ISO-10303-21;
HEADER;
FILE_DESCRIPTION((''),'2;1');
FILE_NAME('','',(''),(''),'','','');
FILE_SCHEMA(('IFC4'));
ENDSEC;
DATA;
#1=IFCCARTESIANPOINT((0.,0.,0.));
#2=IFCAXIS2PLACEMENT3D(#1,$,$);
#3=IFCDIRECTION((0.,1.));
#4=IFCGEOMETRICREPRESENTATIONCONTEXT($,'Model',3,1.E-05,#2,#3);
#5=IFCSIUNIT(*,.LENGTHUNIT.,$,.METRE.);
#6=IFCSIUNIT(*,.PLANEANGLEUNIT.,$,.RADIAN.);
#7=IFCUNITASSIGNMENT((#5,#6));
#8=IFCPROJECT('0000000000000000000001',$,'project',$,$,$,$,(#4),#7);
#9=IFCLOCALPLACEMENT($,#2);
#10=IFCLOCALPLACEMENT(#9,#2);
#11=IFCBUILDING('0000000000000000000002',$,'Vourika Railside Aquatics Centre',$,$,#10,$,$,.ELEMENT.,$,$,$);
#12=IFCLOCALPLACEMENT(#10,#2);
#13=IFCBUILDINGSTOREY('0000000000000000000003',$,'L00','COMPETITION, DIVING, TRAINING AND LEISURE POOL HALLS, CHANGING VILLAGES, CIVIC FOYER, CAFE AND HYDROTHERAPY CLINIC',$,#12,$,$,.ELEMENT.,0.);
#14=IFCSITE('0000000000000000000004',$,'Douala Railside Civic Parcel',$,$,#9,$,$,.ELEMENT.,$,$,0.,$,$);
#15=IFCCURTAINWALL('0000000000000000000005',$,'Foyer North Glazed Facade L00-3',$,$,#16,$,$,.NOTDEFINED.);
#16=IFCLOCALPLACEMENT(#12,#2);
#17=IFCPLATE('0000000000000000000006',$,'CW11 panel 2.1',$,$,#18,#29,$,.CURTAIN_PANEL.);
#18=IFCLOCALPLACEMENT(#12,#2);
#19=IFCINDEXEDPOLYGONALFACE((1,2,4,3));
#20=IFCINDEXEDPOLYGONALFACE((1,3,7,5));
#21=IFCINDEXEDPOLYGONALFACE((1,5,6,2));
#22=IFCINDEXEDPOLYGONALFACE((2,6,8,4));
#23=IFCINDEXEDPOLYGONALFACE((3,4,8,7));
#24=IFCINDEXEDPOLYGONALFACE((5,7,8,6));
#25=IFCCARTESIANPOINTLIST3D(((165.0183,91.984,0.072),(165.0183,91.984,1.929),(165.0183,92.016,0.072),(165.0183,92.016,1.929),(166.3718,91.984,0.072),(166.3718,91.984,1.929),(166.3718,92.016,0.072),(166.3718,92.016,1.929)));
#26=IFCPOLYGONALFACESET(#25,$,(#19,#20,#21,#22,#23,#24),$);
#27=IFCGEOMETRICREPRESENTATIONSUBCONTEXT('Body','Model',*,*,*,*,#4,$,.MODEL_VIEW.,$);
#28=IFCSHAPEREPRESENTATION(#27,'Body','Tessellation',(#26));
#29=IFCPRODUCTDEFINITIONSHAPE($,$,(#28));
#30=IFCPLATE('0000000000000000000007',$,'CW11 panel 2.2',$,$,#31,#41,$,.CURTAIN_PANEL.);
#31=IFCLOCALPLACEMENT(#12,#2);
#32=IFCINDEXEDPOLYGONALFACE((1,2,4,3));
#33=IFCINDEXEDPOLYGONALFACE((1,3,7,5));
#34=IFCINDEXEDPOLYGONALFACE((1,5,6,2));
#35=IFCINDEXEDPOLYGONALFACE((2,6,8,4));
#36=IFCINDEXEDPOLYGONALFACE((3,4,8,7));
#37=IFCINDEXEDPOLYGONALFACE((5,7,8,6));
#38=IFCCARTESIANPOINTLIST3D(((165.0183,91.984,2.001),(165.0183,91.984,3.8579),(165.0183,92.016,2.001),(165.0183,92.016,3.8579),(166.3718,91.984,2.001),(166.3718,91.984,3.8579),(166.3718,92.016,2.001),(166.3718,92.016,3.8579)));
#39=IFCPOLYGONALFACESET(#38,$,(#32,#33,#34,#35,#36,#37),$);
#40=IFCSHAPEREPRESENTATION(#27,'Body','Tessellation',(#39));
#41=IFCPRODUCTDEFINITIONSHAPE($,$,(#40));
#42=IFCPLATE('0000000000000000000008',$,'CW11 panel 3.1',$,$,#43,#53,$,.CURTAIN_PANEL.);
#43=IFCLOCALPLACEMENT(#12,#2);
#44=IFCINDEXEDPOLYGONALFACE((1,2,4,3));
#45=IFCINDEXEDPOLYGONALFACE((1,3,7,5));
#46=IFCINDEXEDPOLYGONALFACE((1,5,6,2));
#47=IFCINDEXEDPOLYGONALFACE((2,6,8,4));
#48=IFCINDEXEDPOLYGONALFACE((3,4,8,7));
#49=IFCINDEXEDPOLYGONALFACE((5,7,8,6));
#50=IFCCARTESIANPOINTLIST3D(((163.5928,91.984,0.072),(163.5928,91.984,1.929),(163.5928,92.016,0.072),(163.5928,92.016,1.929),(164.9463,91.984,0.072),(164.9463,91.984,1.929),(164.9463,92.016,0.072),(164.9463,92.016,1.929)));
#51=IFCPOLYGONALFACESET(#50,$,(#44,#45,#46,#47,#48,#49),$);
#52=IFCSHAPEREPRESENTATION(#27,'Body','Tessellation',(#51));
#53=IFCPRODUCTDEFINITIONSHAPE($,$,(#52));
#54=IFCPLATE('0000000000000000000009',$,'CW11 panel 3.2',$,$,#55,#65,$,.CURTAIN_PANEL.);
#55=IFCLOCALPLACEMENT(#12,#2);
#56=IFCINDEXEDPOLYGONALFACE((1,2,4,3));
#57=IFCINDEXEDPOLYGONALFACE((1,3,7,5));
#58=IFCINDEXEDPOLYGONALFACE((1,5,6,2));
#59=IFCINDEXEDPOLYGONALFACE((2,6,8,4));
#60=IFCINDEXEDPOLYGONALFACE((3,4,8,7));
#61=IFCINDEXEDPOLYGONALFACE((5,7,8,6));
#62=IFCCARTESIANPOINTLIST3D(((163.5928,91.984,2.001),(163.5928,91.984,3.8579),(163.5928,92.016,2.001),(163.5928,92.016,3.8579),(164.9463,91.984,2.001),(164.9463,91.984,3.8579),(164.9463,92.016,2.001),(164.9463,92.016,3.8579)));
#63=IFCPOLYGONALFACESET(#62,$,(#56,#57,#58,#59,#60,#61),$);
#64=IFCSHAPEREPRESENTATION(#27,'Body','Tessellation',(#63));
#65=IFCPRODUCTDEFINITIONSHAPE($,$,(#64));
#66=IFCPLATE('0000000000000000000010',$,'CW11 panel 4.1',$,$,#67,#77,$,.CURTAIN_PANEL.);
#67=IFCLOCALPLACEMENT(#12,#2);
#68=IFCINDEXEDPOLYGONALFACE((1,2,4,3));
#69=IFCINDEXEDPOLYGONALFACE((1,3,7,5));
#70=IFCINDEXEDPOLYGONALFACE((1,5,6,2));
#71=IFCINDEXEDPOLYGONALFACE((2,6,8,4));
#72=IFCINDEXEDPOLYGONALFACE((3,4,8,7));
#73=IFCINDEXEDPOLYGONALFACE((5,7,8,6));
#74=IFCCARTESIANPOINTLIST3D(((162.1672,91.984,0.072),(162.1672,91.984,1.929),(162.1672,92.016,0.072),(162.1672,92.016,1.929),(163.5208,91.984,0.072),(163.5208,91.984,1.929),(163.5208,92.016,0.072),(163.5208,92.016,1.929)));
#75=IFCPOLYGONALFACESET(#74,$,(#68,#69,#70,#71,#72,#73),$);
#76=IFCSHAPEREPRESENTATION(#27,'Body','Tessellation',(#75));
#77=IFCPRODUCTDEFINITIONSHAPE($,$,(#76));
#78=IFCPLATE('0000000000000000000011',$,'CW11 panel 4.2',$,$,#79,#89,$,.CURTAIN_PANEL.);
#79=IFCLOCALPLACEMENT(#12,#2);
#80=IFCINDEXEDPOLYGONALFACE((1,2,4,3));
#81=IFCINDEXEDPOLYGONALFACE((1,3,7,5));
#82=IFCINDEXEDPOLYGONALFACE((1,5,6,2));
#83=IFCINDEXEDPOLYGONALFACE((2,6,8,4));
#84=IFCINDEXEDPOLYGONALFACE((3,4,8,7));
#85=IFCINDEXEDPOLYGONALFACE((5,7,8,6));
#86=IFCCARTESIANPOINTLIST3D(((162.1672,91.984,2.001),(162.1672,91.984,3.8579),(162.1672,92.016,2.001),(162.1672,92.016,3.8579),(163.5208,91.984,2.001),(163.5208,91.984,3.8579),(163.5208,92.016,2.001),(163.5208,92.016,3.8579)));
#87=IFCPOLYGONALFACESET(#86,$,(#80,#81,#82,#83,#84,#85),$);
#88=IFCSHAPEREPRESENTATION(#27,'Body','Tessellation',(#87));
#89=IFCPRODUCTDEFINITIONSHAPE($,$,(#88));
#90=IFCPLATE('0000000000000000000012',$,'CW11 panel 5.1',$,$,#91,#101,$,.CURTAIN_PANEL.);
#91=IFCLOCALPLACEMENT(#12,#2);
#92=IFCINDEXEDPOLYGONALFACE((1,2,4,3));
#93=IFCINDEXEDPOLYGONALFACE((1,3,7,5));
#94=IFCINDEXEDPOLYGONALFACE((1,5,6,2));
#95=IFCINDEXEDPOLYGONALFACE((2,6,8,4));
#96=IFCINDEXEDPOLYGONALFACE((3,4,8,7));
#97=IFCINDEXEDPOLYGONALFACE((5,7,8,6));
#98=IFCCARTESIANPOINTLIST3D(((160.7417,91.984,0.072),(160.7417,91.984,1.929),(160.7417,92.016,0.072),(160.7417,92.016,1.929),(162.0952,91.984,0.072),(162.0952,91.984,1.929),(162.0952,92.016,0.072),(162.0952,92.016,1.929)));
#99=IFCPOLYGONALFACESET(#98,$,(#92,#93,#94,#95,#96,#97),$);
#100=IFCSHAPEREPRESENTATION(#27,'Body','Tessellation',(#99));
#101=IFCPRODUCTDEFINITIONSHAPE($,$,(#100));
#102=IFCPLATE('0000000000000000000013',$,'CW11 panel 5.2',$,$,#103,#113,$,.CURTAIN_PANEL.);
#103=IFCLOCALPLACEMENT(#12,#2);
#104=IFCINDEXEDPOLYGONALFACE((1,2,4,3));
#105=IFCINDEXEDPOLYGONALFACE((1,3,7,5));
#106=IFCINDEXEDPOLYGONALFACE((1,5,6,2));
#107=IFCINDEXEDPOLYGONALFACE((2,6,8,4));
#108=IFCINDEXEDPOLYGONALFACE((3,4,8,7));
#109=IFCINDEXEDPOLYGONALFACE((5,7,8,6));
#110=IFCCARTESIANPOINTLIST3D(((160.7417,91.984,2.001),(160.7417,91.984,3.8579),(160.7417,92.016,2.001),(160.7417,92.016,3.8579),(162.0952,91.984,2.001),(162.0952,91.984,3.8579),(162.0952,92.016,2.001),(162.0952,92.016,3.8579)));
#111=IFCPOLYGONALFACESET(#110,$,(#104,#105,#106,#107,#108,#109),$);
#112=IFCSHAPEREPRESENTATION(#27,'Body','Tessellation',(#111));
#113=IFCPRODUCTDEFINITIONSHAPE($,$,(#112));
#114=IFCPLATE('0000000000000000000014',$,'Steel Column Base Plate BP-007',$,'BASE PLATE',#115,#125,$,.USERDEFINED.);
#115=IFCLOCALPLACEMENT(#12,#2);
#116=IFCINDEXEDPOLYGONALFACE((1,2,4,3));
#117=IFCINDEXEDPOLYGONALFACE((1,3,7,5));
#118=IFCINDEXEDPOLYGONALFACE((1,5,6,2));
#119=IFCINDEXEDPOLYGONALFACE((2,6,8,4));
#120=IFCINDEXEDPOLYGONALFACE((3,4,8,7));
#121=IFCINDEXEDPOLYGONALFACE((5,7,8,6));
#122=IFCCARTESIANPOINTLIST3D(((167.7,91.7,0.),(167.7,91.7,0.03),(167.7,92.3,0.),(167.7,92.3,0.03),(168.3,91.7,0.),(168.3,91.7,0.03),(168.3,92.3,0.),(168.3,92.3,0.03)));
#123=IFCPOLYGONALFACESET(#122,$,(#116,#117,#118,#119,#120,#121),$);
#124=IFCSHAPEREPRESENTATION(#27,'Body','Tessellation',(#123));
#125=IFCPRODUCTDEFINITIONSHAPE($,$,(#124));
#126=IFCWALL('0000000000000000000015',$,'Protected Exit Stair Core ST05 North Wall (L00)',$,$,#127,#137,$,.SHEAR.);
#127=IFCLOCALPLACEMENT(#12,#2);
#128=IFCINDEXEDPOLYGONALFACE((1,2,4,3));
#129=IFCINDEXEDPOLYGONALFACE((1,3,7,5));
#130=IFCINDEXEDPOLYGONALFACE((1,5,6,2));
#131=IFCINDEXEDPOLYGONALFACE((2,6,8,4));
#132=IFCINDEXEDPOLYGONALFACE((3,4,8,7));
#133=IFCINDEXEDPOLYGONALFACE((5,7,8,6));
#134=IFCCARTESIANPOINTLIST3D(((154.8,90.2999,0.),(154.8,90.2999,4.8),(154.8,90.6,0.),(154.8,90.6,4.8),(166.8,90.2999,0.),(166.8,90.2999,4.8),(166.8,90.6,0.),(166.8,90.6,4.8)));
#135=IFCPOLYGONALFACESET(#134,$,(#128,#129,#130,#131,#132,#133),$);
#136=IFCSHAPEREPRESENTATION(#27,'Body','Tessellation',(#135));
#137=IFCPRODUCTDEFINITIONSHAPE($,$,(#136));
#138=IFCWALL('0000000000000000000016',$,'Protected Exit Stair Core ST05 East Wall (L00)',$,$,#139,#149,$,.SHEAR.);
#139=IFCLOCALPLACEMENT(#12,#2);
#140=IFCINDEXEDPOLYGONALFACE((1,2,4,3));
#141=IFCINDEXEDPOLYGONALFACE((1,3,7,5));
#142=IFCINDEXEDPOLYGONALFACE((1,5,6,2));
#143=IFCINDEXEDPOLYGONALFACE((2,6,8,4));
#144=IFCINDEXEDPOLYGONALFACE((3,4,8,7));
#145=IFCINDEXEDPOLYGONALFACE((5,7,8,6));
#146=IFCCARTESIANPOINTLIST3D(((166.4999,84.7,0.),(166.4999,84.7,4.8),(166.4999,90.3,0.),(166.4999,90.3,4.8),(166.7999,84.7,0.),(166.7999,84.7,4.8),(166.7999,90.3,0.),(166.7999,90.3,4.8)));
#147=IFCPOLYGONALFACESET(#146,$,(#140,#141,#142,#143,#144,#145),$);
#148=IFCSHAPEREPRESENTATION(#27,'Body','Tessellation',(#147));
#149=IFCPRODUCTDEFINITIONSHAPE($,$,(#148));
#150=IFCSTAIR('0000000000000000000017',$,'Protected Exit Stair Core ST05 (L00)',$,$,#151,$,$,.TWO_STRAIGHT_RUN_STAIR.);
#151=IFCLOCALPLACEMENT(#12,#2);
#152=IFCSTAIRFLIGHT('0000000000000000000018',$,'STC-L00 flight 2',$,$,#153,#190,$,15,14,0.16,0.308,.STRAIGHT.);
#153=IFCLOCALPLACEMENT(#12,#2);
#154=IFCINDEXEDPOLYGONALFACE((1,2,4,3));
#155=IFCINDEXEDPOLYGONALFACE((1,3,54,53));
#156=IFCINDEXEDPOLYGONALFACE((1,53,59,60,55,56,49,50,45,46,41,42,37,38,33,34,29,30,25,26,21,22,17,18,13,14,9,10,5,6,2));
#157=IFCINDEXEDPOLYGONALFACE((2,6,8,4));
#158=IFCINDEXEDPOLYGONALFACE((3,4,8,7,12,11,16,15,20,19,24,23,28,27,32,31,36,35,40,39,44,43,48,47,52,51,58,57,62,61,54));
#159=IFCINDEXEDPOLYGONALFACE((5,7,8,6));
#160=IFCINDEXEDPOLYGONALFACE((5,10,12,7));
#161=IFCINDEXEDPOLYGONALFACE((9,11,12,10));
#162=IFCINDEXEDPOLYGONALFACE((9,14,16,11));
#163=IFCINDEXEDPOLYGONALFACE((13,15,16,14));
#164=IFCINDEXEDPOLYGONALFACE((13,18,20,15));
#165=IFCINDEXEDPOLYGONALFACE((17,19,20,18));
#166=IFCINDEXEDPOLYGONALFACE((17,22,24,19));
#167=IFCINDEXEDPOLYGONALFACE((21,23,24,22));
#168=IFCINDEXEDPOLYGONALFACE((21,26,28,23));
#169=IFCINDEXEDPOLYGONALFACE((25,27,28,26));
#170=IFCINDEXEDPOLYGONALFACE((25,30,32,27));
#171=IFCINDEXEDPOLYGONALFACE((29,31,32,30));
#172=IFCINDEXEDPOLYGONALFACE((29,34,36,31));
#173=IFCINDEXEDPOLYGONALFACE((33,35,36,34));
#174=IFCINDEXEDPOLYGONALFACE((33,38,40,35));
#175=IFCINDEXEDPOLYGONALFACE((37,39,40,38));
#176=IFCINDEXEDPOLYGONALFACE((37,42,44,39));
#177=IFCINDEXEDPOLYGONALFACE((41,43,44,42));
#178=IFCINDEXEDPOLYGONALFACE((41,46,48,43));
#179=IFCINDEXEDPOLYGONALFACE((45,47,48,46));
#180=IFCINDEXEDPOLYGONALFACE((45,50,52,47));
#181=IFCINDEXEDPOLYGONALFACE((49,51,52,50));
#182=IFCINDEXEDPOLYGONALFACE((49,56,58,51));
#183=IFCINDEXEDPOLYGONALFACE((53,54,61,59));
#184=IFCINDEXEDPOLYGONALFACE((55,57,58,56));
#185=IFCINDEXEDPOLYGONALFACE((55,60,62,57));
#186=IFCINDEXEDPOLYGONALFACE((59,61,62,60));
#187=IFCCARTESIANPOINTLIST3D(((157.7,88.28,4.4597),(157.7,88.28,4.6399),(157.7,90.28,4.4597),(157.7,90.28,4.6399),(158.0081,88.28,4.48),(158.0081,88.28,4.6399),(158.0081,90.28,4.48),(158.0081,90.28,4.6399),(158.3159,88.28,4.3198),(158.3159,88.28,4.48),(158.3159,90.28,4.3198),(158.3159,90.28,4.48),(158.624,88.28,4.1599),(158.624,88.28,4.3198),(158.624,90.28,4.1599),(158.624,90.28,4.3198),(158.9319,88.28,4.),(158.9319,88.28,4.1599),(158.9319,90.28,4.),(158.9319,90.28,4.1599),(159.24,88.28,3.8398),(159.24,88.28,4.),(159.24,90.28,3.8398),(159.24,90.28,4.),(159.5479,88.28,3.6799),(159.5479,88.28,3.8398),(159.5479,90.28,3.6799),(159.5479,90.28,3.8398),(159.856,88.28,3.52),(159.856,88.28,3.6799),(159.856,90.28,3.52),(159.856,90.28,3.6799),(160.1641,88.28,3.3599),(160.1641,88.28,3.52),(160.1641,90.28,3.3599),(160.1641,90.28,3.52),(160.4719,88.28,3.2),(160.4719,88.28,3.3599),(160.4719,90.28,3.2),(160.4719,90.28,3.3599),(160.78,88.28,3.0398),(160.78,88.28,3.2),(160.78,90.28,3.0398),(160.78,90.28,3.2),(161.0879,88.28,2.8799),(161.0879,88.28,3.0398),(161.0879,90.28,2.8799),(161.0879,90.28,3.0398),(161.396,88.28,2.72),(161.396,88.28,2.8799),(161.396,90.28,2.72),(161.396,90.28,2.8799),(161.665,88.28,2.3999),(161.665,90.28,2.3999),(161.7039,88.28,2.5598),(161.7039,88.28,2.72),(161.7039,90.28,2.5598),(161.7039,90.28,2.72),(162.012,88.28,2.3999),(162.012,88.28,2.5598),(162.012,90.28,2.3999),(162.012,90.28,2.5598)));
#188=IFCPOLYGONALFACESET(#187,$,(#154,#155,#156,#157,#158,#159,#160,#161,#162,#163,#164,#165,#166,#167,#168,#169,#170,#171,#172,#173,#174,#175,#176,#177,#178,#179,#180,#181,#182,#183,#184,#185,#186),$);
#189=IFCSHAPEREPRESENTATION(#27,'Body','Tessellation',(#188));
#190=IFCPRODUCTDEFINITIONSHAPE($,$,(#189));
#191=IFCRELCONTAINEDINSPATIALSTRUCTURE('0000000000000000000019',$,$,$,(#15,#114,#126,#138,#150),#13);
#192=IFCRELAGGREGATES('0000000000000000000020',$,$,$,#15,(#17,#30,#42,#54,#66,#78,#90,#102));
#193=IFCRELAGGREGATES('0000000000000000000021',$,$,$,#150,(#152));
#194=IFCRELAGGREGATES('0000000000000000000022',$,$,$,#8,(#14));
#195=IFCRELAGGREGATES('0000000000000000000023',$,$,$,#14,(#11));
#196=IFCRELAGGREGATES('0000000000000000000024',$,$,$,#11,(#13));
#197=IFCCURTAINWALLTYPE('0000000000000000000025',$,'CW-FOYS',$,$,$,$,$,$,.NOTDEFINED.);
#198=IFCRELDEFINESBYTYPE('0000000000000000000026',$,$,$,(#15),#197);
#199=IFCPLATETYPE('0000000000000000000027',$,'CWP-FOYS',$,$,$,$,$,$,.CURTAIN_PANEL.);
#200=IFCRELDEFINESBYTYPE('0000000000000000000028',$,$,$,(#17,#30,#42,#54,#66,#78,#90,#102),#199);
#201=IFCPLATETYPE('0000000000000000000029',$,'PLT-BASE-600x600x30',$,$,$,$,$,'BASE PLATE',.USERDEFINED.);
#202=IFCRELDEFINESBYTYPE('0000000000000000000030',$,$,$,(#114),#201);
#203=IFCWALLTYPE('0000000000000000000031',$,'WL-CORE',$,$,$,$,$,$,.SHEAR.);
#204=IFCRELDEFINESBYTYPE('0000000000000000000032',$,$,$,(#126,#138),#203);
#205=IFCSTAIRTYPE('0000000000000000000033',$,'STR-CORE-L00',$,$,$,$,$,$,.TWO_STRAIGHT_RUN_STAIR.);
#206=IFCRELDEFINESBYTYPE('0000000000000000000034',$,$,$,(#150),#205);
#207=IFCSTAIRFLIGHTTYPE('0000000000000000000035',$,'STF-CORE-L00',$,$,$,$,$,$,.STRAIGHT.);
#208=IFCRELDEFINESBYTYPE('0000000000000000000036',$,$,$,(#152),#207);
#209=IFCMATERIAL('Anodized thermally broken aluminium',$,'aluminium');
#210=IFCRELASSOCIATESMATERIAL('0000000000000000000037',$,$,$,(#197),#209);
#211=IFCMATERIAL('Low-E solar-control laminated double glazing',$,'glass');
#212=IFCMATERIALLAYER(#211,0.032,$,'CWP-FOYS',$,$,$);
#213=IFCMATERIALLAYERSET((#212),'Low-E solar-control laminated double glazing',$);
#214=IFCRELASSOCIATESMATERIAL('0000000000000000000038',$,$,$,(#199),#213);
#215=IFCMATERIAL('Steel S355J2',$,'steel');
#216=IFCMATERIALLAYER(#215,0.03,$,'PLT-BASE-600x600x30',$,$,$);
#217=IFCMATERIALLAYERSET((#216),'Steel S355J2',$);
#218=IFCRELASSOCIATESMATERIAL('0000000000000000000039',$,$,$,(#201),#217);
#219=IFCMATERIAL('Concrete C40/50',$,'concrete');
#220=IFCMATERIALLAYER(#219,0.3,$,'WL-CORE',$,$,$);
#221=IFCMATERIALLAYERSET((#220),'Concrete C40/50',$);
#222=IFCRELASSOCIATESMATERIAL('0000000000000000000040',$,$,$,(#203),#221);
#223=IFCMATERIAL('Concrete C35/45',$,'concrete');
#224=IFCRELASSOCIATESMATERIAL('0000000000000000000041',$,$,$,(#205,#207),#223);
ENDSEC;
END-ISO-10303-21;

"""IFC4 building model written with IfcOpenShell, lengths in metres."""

from ifc_helpers import new_model, si_unit, direction, frame, frame_2d, origin, origin_2d, place, context, subcontext, project, spatial, polyline, rectangle, outline, extrude, material, layer, layer_set, type_object, element, aggregate, save


model = new_model("IFC4")

# Units and contexts
model_context = context("Model", 3, precision=1e-05, world=origin(), true_north=direction((0.0, 1.0)))
body_context = subcontext(model_context, "Body", "Model", "MODEL_VIEW")
ifc_project = project(units=[si_unit("LENGTHUNIT", "METRE"), si_unit("PLANEANGLEUNIT", "RADIAN")], contexts=[model_context])

# Site, building, storey
site_placement = place(None, origin())
site = spatial("IfcSite", under=ifc_project, at=site_placement, Name="Douala Railside Civic Parcel", CompositionType="ELEMENT", RefElevation=0.0)
building_placement = place(site_placement, origin())
building = spatial("IfcBuilding", under=site, at=building_placement, Name="Vourika Railside Aquatics Centre", CompositionType="ELEMENT")
storey_placement = place(building_placement, origin())
storey = spatial("IfcBuildingStorey", under=building, at=storey_placement, Name="L00", Description="COMPETITION, DIVING, TRAINING AND LEISURE POOL HALLS, CHANGING VILLAGES, CIVIC FOYER, CAFE AND HYDROTHERAPY CLINIC", CompositionType="ELEMENT", Elevation=0.0)

# Shared definitions
ifc_material_1 = material(Name="Steel S355J2", Category="steel")

# Curtain wall, plates
ifc_material_2 = material(Name="Anodized thermally broken aluminium", Category="aluminium")
curtain_wall_type = type_object("IfcCurtainWallType", Name="CW-FOYS", PredefinedType="NOTDEFINED", material=ifc_material_2)
curtain_wall_placement = place(storey_placement, origin())
curtain_wall = element("IfcCurtainWall", 1, at=curtain_wall_placement, inside=storey, type_object=curtain_wall_type, Name="Foyer North Glazed Facade L00-3", PredefinedType="NOTDEFINED")
ifc_material_3 = material(Name="Low-E solar-control laminated double glazing", Category="glass")
ifc_layer_1 = layer(ifc_material_3, 0.032, Name="CWP-FOYS")
ifc_layer_set_1 = layer_set([ifc_layer_1], Name="Low-E solar-control laminated double glazing")
plate_type_1 = type_object("IfcPlateType", Name="CWP-FOYS", PredefinedType="CURTAIN_PANEL", material=ifc_layer_set_1)
plate_1_placement = place(storey_placement, frame((165.6951, 92.0, 0.072), z_axis=(0.0, 0.0, 1.0), x_axis=(-1.0, 0.0, 0.0)))
plate_1 = element("IfcPlate", 2, at=plate_1_placement, type_object=plate_type_1, Name="CW11 panel 2.1", PredefinedType="CURTAIN_PANEL", context=body_context, shape_type="SweptSolid", body=[
    extrude(rectangle(XDim=1.3535, YDim=0.032, at=origin_2d()), origin(), (0.0, 0.0, 1.0), 1.8569),
])
plate_2_placement = place(storey_placement, frame((165.6951, 92.0, 2.001), z_axis=(0.0, 0.0, 1.0), x_axis=(-1.0, 0.0, 0.0)))
plate_2 = element("IfcPlate", 3, at=plate_2_placement, type_object=plate_type_1, Name="CW11 panel 2.2", PredefinedType="CURTAIN_PANEL", context=body_context, shape_type="SweptSolid", body=[
    extrude(rectangle(XDim=1.3535, YDim=0.032, at=origin_2d()), origin(), (0.0, 0.0, 1.0), 1.8569),
])
plate_3_placement = place(storey_placement, frame((164.2695, 92.0, 0.072), z_axis=(0.0, 0.0, 1.0), x_axis=(-1.0, 0.0, 0.0)))
plate_3 = element("IfcPlate", 4, at=plate_3_placement, type_object=plate_type_1, Name="CW11 panel 3.1", PredefinedType="CURTAIN_PANEL", context=body_context, shape_type="SweptSolid", body=[
    extrude(rectangle(XDim=1.3535, YDim=0.032, at=origin_2d()), origin(), (0.0, 0.0, 1.0), 1.8569),
])
plate_4_placement = place(storey_placement, frame((164.2695, 92.0, 2.001), z_axis=(0.0, 0.0, 1.0), x_axis=(-1.0, 0.0, 0.0)))
plate_4 = element("IfcPlate", 5, at=plate_4_placement, type_object=plate_type_1, Name="CW11 panel 3.2", PredefinedType="CURTAIN_PANEL", context=body_context, shape_type="SweptSolid", body=[
    extrude(rectangle(XDim=1.3535, YDim=0.032, at=origin_2d()), origin(), (0.0, 0.0, 1.0), 1.8569),
])
plate_5_placement = place(storey_placement, frame((162.844, 92.0, 0.072), z_axis=(0.0, 0.0, 1.0), x_axis=(-1.0, 0.0, 0.0)))
plate_5 = element("IfcPlate", 6, at=plate_5_placement, type_object=plate_type_1, Name="CW11 panel 4.1", PredefinedType="CURTAIN_PANEL", context=body_context, shape_type="SweptSolid", body=[
    extrude(rectangle(XDim=1.3535, YDim=0.032, at=origin_2d()), origin(), (0.0, 0.0, 1.0), 1.8569),
])
plate_6_placement = place(storey_placement, frame((162.844, 92.0, 2.001), z_axis=(0.0, 0.0, 1.0), x_axis=(-1.0, 0.0, 0.0)))
plate_6 = element("IfcPlate", 7, at=plate_6_placement, type_object=plate_type_1, Name="CW11 panel 4.2", PredefinedType="CURTAIN_PANEL", context=body_context, shape_type="SweptSolid", body=[
    extrude(rectangle(XDim=1.3535, YDim=0.032, at=origin_2d()), origin(), (0.0, 0.0, 1.0), 1.8569),
])
plate_7_placement = place(storey_placement, frame((161.4185, 92.0, 0.072), z_axis=(0.0, 0.0, 1.0), x_axis=(-1.0, 0.0, 0.0)))
plate_7 = element("IfcPlate", 8, at=plate_7_placement, type_object=plate_type_1, Name="CW11 panel 5.1", PredefinedType="CURTAIN_PANEL", context=body_context, shape_type="SweptSolid", body=[
    extrude(rectangle(XDim=1.3535, YDim=0.032, at=origin_2d()), origin(), (0.0, 0.0, 1.0), 1.8569),
])
plate_8_placement = place(storey_placement, frame((161.4185, 92.0, 2.001), z_axis=(0.0, 0.0, 1.0), x_axis=(-1.0, 0.0, 0.0)))
plate_8 = element("IfcPlate", 9, at=plate_8_placement, type_object=plate_type_1, Name="CW11 panel 5.2", PredefinedType="CURTAIN_PANEL", context=body_context, shape_type="SweptSolid", body=[
    extrude(rectangle(XDim=1.3535, YDim=0.032, at=origin_2d()), origin(), (0.0, 0.0, 1.0), 1.8569),
])
aggregate(curtain_wall, [plate_1, plate_2, plate_3, plate_4, plate_5, plate_6, plate_7, plate_8])

# Plate
ifc_layer_2 = layer(ifc_material_1, 0.03, Name="PLT-BASE-600x600x30")
ifc_layer_set_2 = layer_set([ifc_layer_2], Name="Steel S355J2")
plate_type_2 = type_object("IfcPlateType", Name="PLT-BASE-600x600x30", ElementType="BASE PLATE", PredefinedType="USERDEFINED", material=ifc_layer_set_2)
plate_9_placement = place(storey_placement, frame((168.0, 92.0, 0.0), z_axis=(0.0, 0.0, 1.0), x_axis=(1.0, 0.0, 0.0)))
element("IfcPlate", 10, at=plate_9_placement, inside=storey, type_object=plate_type_2, Name="Steel Column Base Plate BP-007", ObjectType="BASE PLATE", PredefinedType="USERDEFINED", context=body_context, shape_type="SweptSolid", body=[
    extrude(rectangle(XDim=0.6001, YDim=0.6001, at=origin_2d()), origin(), (0.0, 0.0, 1.0), 0.03),
])

# Walls
ifc_material_4 = material(Name="Concrete C40/50", Category="concrete")
ifc_layer_3 = layer(ifc_material_4, 0.3, Name="WL-CORE")
ifc_layer_set_3 = layer_set([ifc_layer_3], Name="Concrete C40/50")
wall_type = type_object("IfcWallType", Name="WL-CORE", PredefinedType="SHEAR", material=ifc_layer_set_3)
wall_1_placement = place(storey_placement, frame((166.8, 90.45, 0.0), z_axis=(0.0, 0.0, 1.0), x_axis=(-1.0, 0.0, 0.0)))
element("IfcWall", 11, at=wall_1_placement, inside=storey, type_object=wall_type, Name="Protected Exit Stair Core ST05 North Wall (L00)", PredefinedType="SHEAR", context=body_context, shape_type="SweptSolid", body=[
    extrude(rectangle(XDim=12.0, YDim=0.3, at=frame_2d((6.0, 0.0))), origin(), (0.0, 0.0, 1.0), 4.8),
])
wall_2_placement = place(storey_placement, frame((166.6499, 84.7, 0.0), z_axis=(0.0, 0.0, 1.0), x_axis=(0.0, 1.0, 0.0)))
element("IfcWall", 12, at=wall_2_placement, inside=storey, type_object=wall_type, Name="Protected Exit Stair Core ST05 East Wall (L00)", PredefinedType="SHEAR", context=body_context, shape_type="SweptSolid", body=[
    extrude(rectangle(XDim=5.6001, YDim=0.3, at=frame_2d((2.8, 0.0))), origin(), (0.0, 0.0, 1.0), 4.8),
])

# Stair, stair flight
ifc_material_5 = material(Name="Concrete C35/45", Category="concrete")
stair_type = type_object("IfcStairType", Name="STR-CORE-L00", PredefinedType="TWO_STRAIGHT_RUN_STAIR", material=ifc_material_5)
stair_placement = place(storey_placement, origin())
stair = element("IfcStair", 13, at=stair_placement, inside=storey, type_object=stair_type, Name="Protected Exit Stair Core ST05 (L00)", PredefinedType="TWO_STRAIGHT_RUN_STAIR")
stair_flight_type = type_object("IfcStairFlightType", Name="STF-CORE-L00", PredefinedType="STRAIGHT", material=ifc_material_5)
stair_flight_placement = place(storey_placement, frame((162.012, 89.28, 2.3999), z_axis=(0.0, 0.0, 1.0), x_axis=(-1.0, 0.0, 0.0)))
stair_flight = element("IfcStairFlight", 14, at=stair_flight_placement, type_object=stair_flight_type, Name="STC-L00 flight 2", NumberOfRisers=15, NumberOfTreads=14, PredefinedType="STRAIGHT", RiserHeight=0.16, TreadLength=0.308, context=body_context, shape_type="SweptSolid", body=[
    extrude(outline(polyline([(0.0, 0.0), (0.0, 0.1599), (0.3081, 0.1599), (0.3081, 0.3201), (0.616, 0.3201), (0.616, 0.48), (0.9241, 0.48), (0.9241, 0.6399), (1.2319, 0.6399), (1.2319, 0.8), (1.54, 0.8), (1.54, 0.96), (1.8479, 0.96), (1.8479, 1.1201), (2.156, 1.1201), (2.156, 1.28), (2.4641, 1.28), (2.4641, 1.4399), (2.772, 1.4399), (2.772, 1.6001), (3.0801, 1.6001), (3.0801, 1.76), (3.3879, 1.76), (3.3879, 1.9199), (3.696, 1.9199), (3.696, 2.0801), (4.0039, 2.0801), (4.0039, 2.24), (4.312, 2.24), (4.312, 2.3999), (4.312, 2.0598), (0.3469, 0.0), (0.0, 0.0)])), frame((0.0, 1.0, 0.0), z_axis=(0.0, -1.0, 0.0), x_axis=(1.0, 0.0, 0.0)), (0.0, 0.0, 1.0), 2.0),
])
aggregate(stair, [stair_flight])

save(model, "model.ifc")
